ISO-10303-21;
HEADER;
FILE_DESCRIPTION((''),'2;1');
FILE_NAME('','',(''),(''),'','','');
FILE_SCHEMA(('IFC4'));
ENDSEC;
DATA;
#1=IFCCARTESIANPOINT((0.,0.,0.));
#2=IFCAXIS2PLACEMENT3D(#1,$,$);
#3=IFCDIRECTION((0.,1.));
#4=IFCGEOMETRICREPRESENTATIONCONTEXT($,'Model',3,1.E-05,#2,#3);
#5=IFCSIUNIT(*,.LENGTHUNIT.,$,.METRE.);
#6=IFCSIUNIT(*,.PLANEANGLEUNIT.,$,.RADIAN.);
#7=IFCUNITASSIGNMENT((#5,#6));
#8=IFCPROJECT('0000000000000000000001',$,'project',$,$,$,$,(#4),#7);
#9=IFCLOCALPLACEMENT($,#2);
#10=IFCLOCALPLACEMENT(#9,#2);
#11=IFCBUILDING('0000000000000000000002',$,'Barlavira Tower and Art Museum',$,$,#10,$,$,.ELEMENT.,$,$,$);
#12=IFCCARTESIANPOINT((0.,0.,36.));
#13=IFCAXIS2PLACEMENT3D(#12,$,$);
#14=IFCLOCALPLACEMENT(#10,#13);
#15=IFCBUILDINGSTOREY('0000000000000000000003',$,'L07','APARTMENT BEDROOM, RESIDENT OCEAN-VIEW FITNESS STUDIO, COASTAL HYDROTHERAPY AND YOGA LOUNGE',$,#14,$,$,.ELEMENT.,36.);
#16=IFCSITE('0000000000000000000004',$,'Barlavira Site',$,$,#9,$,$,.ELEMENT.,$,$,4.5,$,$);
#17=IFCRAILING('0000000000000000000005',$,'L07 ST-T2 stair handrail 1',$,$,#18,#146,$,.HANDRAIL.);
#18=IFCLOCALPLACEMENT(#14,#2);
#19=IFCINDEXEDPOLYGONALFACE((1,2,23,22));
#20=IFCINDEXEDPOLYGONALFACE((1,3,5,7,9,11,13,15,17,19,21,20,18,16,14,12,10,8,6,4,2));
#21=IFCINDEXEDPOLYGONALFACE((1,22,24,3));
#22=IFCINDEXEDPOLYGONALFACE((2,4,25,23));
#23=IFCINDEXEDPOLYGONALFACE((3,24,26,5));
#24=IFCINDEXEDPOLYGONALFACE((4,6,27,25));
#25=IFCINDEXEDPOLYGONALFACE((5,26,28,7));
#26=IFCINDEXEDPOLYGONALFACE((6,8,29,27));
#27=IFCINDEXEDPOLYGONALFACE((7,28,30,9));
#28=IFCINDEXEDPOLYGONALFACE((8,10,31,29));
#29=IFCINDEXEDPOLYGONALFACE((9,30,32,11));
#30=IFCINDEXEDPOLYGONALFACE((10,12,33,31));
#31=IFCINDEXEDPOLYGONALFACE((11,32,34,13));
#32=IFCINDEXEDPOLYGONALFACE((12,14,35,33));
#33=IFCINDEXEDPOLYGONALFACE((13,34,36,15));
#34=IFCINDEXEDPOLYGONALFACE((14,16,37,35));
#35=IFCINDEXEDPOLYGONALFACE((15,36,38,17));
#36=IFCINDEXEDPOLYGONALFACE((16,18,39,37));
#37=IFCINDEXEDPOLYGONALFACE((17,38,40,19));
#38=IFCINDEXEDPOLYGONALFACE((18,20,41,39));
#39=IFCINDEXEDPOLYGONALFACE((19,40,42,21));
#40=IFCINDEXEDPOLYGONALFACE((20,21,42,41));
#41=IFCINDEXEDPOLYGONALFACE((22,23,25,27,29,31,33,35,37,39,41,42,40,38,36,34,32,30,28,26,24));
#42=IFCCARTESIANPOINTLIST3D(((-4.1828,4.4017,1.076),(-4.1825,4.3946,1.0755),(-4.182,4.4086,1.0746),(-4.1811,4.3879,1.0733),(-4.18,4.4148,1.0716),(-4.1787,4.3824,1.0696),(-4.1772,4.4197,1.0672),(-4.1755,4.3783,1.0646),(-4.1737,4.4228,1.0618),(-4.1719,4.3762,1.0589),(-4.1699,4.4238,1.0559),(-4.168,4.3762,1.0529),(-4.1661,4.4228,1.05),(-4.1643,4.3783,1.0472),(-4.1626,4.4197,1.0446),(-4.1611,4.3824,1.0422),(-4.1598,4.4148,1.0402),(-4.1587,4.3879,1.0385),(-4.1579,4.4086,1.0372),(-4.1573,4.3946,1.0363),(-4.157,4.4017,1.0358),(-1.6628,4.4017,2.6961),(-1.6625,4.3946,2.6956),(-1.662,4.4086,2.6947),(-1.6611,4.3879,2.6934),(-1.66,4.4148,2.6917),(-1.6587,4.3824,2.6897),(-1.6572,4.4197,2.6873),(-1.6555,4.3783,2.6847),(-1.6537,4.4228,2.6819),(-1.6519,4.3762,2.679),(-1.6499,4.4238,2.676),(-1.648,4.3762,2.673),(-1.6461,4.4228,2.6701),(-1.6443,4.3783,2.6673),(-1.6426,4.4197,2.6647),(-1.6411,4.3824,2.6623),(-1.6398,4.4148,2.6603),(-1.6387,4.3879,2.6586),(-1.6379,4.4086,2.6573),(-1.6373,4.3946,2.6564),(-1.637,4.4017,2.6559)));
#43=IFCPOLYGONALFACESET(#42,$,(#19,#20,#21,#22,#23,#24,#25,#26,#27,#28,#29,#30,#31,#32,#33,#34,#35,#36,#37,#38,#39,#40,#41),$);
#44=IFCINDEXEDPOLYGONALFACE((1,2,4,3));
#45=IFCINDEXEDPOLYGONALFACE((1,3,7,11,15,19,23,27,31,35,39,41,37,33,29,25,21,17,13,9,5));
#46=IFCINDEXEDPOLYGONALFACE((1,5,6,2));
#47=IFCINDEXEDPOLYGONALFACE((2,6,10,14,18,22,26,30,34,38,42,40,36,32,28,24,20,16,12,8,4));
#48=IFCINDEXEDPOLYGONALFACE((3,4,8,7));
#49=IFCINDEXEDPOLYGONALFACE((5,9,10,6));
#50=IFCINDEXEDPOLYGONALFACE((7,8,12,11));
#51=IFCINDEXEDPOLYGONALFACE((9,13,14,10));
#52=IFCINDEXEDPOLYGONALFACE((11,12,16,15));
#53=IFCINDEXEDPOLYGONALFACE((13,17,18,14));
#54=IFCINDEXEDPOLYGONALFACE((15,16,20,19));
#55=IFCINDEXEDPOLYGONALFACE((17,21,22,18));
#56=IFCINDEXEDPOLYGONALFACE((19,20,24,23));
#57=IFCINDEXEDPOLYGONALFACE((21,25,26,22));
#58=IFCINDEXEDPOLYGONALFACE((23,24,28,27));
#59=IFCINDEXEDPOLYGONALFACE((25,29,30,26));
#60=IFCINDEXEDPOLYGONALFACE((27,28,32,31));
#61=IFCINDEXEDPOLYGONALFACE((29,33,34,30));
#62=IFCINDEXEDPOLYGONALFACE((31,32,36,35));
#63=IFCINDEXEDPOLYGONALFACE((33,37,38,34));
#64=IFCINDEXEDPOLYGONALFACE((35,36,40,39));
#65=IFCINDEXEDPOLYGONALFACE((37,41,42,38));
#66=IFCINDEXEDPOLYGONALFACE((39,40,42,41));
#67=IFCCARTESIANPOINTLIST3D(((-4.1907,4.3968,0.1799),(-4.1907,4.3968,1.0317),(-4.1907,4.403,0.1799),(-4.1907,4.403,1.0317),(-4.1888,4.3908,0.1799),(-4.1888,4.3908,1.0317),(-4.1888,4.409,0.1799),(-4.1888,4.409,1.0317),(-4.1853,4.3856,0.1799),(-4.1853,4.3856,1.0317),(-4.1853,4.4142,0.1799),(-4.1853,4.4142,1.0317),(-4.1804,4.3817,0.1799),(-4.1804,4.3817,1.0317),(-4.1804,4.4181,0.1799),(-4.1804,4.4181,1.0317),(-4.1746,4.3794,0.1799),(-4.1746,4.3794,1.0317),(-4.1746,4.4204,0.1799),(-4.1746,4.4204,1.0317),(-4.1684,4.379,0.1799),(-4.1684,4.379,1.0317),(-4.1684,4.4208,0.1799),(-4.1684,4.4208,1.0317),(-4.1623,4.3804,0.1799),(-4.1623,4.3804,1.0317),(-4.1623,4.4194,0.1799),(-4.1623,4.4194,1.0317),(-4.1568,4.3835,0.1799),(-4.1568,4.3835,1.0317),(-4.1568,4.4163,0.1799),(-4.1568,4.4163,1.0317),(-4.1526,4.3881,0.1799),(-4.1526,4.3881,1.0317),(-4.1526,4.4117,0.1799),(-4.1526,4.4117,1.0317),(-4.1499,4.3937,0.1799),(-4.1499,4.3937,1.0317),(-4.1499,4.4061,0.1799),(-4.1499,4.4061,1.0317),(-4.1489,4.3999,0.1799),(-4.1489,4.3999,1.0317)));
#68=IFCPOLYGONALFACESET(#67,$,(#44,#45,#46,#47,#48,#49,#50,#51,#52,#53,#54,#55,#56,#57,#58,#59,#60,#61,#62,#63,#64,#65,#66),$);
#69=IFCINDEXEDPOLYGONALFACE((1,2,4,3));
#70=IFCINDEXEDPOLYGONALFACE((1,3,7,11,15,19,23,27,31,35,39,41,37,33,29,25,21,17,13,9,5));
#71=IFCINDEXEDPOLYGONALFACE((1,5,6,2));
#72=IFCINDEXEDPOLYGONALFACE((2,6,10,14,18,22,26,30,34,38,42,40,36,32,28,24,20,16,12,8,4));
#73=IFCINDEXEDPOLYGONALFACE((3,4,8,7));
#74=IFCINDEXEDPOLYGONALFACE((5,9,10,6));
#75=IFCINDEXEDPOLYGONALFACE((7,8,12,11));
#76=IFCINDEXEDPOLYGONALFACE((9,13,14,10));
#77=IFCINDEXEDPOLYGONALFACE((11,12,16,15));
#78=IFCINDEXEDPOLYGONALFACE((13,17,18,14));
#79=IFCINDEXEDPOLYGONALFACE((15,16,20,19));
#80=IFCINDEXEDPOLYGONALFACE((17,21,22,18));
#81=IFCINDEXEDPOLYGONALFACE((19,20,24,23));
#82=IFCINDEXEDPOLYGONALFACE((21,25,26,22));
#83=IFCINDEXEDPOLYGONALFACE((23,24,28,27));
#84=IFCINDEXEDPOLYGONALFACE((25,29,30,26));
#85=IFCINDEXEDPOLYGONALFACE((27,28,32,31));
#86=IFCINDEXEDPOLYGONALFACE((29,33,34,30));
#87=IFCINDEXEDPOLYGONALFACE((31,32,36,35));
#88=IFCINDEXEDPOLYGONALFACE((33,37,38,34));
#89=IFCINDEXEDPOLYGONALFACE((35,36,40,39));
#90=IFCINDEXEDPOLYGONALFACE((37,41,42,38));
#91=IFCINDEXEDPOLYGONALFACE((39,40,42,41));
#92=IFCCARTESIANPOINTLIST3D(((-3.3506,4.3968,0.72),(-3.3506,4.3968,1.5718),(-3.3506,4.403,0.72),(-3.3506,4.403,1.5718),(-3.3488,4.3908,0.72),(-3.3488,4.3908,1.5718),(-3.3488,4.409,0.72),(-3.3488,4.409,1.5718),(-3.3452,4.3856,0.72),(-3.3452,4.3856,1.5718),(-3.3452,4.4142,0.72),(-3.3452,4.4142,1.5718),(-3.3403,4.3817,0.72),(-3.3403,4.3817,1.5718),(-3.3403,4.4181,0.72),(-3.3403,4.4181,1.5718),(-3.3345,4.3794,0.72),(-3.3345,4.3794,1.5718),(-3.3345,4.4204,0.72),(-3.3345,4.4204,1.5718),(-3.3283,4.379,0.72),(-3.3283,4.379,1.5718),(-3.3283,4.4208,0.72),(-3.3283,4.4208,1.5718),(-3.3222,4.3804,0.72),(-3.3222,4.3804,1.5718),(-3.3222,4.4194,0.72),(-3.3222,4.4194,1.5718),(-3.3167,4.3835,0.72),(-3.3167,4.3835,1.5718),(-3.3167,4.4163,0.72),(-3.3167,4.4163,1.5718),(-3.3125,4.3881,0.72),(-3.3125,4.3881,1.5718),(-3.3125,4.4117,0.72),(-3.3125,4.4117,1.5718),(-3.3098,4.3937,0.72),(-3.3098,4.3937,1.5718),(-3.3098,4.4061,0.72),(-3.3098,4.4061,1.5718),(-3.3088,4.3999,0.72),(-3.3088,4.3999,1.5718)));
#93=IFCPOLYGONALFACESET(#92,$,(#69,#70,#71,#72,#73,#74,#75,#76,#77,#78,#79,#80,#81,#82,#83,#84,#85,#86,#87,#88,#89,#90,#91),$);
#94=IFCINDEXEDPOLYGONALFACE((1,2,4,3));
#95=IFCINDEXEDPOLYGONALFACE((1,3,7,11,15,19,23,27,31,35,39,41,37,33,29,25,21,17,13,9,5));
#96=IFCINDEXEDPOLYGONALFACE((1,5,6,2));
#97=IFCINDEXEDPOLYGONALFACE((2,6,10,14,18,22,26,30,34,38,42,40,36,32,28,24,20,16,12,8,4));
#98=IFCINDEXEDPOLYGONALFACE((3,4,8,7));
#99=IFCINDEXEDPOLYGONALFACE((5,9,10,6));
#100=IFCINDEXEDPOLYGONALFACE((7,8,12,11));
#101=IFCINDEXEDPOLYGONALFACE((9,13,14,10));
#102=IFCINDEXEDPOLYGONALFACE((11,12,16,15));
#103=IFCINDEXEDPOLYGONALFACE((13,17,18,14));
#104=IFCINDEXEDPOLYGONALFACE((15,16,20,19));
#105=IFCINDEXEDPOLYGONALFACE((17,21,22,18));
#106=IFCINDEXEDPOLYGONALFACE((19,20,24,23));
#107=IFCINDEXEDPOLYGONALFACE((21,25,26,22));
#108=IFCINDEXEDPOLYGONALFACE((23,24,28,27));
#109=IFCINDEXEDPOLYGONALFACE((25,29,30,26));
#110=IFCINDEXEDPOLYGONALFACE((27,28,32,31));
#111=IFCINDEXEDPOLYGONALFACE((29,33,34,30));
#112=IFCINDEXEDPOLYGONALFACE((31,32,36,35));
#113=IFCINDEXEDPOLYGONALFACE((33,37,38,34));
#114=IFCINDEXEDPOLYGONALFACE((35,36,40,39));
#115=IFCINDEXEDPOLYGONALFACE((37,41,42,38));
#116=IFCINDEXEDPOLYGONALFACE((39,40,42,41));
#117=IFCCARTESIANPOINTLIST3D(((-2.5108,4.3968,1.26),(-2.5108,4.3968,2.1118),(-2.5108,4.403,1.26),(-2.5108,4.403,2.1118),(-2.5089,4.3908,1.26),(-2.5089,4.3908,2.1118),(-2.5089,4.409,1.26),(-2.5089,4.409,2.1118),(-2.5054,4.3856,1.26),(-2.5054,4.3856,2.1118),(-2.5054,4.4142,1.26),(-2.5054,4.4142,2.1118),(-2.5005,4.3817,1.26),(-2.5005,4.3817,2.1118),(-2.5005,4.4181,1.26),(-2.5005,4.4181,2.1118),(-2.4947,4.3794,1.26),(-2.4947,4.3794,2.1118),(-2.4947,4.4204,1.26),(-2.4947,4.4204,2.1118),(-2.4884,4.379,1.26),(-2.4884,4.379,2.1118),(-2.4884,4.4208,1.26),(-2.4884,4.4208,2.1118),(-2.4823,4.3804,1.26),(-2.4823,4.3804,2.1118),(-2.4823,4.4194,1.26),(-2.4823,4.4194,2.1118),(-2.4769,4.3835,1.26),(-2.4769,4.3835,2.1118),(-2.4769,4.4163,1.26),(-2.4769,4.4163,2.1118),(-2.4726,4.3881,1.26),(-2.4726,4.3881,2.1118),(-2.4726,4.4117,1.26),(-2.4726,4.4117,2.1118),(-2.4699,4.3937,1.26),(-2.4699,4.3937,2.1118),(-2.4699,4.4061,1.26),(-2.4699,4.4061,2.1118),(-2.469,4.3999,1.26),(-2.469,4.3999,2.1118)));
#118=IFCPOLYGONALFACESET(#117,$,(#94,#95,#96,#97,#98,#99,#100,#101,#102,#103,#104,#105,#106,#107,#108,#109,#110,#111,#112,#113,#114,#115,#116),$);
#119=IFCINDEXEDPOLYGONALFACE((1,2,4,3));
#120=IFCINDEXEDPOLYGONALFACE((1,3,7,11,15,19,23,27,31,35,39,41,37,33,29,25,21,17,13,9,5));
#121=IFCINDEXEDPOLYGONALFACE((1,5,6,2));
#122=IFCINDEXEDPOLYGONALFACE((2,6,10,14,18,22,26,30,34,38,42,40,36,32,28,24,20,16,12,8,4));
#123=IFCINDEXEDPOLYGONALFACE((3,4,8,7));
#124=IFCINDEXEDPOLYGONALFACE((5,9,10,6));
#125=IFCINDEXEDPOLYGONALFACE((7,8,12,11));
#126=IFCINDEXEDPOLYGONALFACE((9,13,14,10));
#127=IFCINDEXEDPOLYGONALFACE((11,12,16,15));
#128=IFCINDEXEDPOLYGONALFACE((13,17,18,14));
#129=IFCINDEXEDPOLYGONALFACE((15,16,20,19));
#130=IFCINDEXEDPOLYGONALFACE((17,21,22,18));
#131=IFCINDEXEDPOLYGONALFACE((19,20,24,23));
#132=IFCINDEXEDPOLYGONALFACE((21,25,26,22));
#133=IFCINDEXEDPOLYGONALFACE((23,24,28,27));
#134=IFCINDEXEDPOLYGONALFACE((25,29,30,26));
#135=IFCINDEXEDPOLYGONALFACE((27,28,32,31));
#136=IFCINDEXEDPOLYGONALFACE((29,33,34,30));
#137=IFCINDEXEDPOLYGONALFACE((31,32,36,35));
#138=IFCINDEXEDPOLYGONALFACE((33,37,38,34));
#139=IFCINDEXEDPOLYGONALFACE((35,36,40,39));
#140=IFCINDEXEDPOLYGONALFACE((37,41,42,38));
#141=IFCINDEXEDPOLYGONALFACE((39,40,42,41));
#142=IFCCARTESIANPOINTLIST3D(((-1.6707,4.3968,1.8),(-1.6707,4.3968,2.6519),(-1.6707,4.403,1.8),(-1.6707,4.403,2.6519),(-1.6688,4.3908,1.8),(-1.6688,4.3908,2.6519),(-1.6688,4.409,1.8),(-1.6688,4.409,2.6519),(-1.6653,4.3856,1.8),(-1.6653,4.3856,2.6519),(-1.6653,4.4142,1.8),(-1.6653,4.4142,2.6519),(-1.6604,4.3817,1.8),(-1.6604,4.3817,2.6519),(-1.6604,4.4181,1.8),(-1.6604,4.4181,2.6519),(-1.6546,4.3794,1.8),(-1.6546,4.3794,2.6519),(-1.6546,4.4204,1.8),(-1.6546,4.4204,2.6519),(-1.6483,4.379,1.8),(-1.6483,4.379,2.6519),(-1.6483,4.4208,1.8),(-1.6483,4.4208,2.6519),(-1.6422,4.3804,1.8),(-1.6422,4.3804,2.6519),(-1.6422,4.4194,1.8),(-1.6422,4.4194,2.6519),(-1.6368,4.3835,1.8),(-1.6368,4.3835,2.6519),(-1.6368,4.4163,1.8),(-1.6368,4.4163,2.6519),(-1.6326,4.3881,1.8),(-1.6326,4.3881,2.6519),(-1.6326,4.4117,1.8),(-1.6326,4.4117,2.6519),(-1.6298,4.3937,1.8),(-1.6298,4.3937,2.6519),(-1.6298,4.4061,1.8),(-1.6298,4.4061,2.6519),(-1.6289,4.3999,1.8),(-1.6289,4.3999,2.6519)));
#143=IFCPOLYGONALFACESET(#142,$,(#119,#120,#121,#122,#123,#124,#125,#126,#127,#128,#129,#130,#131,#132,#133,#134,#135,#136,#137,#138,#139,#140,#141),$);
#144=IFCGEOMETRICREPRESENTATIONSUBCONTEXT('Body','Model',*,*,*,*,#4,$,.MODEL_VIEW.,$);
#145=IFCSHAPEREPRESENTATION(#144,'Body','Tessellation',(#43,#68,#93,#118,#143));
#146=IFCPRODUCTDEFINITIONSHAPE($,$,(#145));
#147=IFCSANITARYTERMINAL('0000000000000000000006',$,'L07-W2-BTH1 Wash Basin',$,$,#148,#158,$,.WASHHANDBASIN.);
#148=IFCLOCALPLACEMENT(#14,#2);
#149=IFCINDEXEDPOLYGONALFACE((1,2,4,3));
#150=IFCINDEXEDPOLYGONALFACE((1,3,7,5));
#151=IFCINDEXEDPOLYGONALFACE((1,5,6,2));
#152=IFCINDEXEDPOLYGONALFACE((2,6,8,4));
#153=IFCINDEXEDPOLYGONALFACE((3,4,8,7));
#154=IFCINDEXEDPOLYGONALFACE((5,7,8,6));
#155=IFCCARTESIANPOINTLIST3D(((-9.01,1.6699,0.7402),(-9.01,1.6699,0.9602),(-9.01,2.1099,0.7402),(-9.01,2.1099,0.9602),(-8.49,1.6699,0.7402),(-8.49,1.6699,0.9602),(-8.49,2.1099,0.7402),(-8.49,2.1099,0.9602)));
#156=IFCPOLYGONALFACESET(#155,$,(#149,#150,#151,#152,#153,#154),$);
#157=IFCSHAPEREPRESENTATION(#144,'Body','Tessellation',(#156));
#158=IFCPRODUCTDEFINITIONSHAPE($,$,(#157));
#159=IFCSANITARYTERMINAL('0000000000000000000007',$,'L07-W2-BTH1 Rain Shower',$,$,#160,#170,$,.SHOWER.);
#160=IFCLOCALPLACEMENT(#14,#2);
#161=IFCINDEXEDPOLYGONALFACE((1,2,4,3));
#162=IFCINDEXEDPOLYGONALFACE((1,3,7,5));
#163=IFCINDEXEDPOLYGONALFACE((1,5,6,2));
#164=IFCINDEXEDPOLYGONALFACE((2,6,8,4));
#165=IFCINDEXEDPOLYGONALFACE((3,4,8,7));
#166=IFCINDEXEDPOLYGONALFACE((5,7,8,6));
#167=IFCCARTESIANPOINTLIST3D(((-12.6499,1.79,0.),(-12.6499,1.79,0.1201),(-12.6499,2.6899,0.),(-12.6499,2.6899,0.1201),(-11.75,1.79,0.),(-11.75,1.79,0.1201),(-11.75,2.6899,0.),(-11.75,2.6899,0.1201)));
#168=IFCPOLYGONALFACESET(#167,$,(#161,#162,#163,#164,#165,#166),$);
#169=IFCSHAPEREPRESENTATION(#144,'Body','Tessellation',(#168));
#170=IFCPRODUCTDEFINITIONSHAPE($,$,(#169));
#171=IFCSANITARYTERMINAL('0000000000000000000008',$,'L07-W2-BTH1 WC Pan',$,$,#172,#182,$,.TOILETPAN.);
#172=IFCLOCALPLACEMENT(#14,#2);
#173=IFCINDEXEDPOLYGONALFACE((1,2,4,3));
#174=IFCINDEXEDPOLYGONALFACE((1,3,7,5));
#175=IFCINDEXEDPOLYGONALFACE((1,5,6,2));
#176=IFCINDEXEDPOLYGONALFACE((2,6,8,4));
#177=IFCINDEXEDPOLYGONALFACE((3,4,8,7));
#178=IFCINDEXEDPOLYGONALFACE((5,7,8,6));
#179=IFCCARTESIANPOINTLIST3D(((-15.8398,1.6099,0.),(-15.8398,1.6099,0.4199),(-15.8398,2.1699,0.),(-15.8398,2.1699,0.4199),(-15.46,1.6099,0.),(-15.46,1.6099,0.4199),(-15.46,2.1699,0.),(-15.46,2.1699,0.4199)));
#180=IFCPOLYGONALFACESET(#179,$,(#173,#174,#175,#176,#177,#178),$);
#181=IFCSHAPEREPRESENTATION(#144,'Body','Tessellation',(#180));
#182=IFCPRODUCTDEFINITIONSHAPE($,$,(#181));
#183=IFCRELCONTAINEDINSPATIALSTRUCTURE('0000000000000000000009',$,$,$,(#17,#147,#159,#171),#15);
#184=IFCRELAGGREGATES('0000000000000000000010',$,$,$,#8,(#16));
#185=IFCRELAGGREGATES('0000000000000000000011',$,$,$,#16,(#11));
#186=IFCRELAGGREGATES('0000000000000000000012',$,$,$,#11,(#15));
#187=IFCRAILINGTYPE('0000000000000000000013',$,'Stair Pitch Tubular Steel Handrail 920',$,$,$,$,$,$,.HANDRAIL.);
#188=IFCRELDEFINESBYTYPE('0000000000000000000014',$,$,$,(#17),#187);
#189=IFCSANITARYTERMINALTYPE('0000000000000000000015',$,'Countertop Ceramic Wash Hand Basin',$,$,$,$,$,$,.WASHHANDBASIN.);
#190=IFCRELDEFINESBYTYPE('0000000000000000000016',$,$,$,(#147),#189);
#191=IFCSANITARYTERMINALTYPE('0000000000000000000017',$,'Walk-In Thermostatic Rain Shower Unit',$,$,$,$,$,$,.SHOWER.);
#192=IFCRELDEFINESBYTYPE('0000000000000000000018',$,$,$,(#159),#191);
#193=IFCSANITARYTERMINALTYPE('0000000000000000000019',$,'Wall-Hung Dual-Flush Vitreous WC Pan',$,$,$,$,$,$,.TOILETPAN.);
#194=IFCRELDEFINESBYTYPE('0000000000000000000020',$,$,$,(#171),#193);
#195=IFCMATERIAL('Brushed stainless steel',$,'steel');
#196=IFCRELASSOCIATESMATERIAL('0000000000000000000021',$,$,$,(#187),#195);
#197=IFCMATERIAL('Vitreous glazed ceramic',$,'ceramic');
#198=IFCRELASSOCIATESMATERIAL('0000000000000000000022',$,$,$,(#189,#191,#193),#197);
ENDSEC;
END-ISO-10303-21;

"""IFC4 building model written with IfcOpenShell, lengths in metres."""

from ifc_helpers import new_model, si_unit, direction, frame, origin, origin_2d, place, context, subcontext, project, spatial, rectangle, circle, extrude, material, type_object, element, save


model = new_model("IFC4")

# Units and contexts
model_context = context("Model", 3, precision=1e-05, world=origin(), true_north=direction((0.0, 1.0)))
body_context = subcontext(model_context, "Body", "Model", "MODEL_VIEW")
ifc_project = project(units=[si_unit("LENGTHUNIT", "METRE"), si_unit("PLANEANGLEUNIT", "RADIAN")], contexts=[model_context])

# Site, building, storey
site_placement = place(None, origin())
site = spatial("IfcSite", under=ifc_project, at=site_placement, Name="Barlavira Site", CompositionType="ELEMENT", RefElevation=4.5)
building_placement = place(site_placement, origin())
building = spatial("IfcBuilding", under=site, at=building_placement, Name="Barlavira Tower and Art Museum", CompositionType="ELEMENT")
storey_placement = place(building_placement, frame((0.0, 0.0, 36.0)))
storey = spatial("IfcBuildingStorey", under=building, at=storey_placement, Name="L07", Description="APARTMENT BEDROOM, RESIDENT OCEAN-VIEW FITNESS STUDIO, COASTAL HYDROTHERAPY AND YOGA LOUNGE", CompositionType="ELEMENT", Elevation=36.0)

# Shared definitions
ifc_material_1 = material(Name="Brushed stainless steel", Category="steel")

# Railing
railing_type_1 = type_object("IfcRailingType", Name="Stair Pitch Tubular Steel Handrail 920", PredefinedType="HANDRAIL", material=ifc_material_1)
railing_1_placement = place(storey_placement, frame((-4.1699, 4.3999, 0.1799)))
element("IfcRailing", 1, at=railing_1_placement, inside=storey, type_object=railing_type_1, Name="L07 ST-T2 stair handrail 1", PredefinedType="HANDRAIL", context=body_context, shape_type="SweptSolid", body=[
    extrude(circle(Radius=0.0239, at=origin_2d()), frame((0.0, 0.0, 0.876), z_axis=(0.841163, 0.0, 0.540782), x_axis=(0.0, 1.0, 0.0)), (0.0, 0.0, 1.0), 2.9958),
    extrude(circle(Radius=0.021, at=origin_2d()), origin(), (0.0, 0.0, 1.0), 0.8518),
    extrude(circle(Radius=0.021, at=origin_2d()), frame((0.8401, 0.0, 0.54)), (0.0, 0.0, 1.0), 0.8518),
    extrude(circle(Radius=0.021, at=origin_2d()), frame((1.6799, 0.0, 1.0801)), (0.0, 0.0, 1.0), 0.8518),
    extrude(circle(Radius=0.021, at=origin_2d()), frame((2.52, 0.0, 1.6201)), (0.0, 0.0, 1.0), 0.8518),
])

# Sanitary terminals
ifc_material_2 = material(Name="Vitreous glazed ceramic", Category="ceramic")
sanitary_terminal_type_1 = type_object("IfcSanitaryTerminalType", Name="Countertop Ceramic Wash Hand Basin", PredefinedType="WASHHANDBASIN", material=ifc_material_2)
sanitary_terminal_1_placement = place(storey_placement, frame((-8.75, 1.8899, 0.7402), z_axis=(0.0, 0.0, 1.0), x_axis=(1.0, 0.0, 0.0)))
element("IfcSanitaryTerminal", 2, at=sanitary_terminal_1_placement, inside=storey, type_object=sanitary_terminal_type_1, Name="L07-W2-BTH1 Wash Basin", PredefinedType="WASHHANDBASIN", context=body_context, shape_type="SweptSolid", body=[
    extrude(rectangle(XDim=0.52, YDim=0.4399, at=origin_2d()), origin(), (0.0, 0.0, 1.0), 0.22),
])
sanitary_terminal_type_2 = type_object("IfcSanitaryTerminalType", Name="Walk-In Thermostatic Rain Shower Unit", PredefinedType="SHOWER", material=ifc_material_2)
sanitary_terminal_2_placement = place(storey_placement, frame((-12.2, 2.24, 0.0), z_axis=(0.0, 0.0, 1.0), x_axis=(1.0, 0.0, 0.0)))
element("IfcSanitaryTerminal", 3, at=sanitary_terminal_2_placement, inside=storey, type_object=sanitary_terminal_type_2, Name="L07-W2-BTH1 Rain Shower", PredefinedType="SHOWER", context=body_context, shape_type="SweptSolid", body=[
    extrude(rectangle(XDim=0.8999, YDim=0.8999, at=origin_2d()), origin(), (0.0, 0.0, 1.0), 0.1201),
])
sanitary_terminal_type_3 = type_object("IfcSanitaryTerminalType", Name="Wall-Hung Dual-Flush Vitreous WC Pan", PredefinedType="TOILETPAN", material=ifc_material_2)
sanitary_terminal_3_placement = place(storey_placement, frame((-15.6499, 1.8899, 0.0), z_axis=(0.0, 0.0, 1.0), x_axis=(1.0, 0.0, 0.0)))
element("IfcSanitaryTerminal", 4, at=sanitary_terminal_3_placement, inside=storey, type_object=sanitary_terminal_type_3, Name="L07-W2-BTH1 WC Pan", PredefinedType="TOILETPAN", context=body_context, shape_type="SweptSolid", body=[
    extrude(rectangle(XDim=0.3799, YDim=0.5601, at=origin_2d()), origin(), (0.0, 0.0, 1.0), 0.4199),
])

save(model, "model.ifc")
